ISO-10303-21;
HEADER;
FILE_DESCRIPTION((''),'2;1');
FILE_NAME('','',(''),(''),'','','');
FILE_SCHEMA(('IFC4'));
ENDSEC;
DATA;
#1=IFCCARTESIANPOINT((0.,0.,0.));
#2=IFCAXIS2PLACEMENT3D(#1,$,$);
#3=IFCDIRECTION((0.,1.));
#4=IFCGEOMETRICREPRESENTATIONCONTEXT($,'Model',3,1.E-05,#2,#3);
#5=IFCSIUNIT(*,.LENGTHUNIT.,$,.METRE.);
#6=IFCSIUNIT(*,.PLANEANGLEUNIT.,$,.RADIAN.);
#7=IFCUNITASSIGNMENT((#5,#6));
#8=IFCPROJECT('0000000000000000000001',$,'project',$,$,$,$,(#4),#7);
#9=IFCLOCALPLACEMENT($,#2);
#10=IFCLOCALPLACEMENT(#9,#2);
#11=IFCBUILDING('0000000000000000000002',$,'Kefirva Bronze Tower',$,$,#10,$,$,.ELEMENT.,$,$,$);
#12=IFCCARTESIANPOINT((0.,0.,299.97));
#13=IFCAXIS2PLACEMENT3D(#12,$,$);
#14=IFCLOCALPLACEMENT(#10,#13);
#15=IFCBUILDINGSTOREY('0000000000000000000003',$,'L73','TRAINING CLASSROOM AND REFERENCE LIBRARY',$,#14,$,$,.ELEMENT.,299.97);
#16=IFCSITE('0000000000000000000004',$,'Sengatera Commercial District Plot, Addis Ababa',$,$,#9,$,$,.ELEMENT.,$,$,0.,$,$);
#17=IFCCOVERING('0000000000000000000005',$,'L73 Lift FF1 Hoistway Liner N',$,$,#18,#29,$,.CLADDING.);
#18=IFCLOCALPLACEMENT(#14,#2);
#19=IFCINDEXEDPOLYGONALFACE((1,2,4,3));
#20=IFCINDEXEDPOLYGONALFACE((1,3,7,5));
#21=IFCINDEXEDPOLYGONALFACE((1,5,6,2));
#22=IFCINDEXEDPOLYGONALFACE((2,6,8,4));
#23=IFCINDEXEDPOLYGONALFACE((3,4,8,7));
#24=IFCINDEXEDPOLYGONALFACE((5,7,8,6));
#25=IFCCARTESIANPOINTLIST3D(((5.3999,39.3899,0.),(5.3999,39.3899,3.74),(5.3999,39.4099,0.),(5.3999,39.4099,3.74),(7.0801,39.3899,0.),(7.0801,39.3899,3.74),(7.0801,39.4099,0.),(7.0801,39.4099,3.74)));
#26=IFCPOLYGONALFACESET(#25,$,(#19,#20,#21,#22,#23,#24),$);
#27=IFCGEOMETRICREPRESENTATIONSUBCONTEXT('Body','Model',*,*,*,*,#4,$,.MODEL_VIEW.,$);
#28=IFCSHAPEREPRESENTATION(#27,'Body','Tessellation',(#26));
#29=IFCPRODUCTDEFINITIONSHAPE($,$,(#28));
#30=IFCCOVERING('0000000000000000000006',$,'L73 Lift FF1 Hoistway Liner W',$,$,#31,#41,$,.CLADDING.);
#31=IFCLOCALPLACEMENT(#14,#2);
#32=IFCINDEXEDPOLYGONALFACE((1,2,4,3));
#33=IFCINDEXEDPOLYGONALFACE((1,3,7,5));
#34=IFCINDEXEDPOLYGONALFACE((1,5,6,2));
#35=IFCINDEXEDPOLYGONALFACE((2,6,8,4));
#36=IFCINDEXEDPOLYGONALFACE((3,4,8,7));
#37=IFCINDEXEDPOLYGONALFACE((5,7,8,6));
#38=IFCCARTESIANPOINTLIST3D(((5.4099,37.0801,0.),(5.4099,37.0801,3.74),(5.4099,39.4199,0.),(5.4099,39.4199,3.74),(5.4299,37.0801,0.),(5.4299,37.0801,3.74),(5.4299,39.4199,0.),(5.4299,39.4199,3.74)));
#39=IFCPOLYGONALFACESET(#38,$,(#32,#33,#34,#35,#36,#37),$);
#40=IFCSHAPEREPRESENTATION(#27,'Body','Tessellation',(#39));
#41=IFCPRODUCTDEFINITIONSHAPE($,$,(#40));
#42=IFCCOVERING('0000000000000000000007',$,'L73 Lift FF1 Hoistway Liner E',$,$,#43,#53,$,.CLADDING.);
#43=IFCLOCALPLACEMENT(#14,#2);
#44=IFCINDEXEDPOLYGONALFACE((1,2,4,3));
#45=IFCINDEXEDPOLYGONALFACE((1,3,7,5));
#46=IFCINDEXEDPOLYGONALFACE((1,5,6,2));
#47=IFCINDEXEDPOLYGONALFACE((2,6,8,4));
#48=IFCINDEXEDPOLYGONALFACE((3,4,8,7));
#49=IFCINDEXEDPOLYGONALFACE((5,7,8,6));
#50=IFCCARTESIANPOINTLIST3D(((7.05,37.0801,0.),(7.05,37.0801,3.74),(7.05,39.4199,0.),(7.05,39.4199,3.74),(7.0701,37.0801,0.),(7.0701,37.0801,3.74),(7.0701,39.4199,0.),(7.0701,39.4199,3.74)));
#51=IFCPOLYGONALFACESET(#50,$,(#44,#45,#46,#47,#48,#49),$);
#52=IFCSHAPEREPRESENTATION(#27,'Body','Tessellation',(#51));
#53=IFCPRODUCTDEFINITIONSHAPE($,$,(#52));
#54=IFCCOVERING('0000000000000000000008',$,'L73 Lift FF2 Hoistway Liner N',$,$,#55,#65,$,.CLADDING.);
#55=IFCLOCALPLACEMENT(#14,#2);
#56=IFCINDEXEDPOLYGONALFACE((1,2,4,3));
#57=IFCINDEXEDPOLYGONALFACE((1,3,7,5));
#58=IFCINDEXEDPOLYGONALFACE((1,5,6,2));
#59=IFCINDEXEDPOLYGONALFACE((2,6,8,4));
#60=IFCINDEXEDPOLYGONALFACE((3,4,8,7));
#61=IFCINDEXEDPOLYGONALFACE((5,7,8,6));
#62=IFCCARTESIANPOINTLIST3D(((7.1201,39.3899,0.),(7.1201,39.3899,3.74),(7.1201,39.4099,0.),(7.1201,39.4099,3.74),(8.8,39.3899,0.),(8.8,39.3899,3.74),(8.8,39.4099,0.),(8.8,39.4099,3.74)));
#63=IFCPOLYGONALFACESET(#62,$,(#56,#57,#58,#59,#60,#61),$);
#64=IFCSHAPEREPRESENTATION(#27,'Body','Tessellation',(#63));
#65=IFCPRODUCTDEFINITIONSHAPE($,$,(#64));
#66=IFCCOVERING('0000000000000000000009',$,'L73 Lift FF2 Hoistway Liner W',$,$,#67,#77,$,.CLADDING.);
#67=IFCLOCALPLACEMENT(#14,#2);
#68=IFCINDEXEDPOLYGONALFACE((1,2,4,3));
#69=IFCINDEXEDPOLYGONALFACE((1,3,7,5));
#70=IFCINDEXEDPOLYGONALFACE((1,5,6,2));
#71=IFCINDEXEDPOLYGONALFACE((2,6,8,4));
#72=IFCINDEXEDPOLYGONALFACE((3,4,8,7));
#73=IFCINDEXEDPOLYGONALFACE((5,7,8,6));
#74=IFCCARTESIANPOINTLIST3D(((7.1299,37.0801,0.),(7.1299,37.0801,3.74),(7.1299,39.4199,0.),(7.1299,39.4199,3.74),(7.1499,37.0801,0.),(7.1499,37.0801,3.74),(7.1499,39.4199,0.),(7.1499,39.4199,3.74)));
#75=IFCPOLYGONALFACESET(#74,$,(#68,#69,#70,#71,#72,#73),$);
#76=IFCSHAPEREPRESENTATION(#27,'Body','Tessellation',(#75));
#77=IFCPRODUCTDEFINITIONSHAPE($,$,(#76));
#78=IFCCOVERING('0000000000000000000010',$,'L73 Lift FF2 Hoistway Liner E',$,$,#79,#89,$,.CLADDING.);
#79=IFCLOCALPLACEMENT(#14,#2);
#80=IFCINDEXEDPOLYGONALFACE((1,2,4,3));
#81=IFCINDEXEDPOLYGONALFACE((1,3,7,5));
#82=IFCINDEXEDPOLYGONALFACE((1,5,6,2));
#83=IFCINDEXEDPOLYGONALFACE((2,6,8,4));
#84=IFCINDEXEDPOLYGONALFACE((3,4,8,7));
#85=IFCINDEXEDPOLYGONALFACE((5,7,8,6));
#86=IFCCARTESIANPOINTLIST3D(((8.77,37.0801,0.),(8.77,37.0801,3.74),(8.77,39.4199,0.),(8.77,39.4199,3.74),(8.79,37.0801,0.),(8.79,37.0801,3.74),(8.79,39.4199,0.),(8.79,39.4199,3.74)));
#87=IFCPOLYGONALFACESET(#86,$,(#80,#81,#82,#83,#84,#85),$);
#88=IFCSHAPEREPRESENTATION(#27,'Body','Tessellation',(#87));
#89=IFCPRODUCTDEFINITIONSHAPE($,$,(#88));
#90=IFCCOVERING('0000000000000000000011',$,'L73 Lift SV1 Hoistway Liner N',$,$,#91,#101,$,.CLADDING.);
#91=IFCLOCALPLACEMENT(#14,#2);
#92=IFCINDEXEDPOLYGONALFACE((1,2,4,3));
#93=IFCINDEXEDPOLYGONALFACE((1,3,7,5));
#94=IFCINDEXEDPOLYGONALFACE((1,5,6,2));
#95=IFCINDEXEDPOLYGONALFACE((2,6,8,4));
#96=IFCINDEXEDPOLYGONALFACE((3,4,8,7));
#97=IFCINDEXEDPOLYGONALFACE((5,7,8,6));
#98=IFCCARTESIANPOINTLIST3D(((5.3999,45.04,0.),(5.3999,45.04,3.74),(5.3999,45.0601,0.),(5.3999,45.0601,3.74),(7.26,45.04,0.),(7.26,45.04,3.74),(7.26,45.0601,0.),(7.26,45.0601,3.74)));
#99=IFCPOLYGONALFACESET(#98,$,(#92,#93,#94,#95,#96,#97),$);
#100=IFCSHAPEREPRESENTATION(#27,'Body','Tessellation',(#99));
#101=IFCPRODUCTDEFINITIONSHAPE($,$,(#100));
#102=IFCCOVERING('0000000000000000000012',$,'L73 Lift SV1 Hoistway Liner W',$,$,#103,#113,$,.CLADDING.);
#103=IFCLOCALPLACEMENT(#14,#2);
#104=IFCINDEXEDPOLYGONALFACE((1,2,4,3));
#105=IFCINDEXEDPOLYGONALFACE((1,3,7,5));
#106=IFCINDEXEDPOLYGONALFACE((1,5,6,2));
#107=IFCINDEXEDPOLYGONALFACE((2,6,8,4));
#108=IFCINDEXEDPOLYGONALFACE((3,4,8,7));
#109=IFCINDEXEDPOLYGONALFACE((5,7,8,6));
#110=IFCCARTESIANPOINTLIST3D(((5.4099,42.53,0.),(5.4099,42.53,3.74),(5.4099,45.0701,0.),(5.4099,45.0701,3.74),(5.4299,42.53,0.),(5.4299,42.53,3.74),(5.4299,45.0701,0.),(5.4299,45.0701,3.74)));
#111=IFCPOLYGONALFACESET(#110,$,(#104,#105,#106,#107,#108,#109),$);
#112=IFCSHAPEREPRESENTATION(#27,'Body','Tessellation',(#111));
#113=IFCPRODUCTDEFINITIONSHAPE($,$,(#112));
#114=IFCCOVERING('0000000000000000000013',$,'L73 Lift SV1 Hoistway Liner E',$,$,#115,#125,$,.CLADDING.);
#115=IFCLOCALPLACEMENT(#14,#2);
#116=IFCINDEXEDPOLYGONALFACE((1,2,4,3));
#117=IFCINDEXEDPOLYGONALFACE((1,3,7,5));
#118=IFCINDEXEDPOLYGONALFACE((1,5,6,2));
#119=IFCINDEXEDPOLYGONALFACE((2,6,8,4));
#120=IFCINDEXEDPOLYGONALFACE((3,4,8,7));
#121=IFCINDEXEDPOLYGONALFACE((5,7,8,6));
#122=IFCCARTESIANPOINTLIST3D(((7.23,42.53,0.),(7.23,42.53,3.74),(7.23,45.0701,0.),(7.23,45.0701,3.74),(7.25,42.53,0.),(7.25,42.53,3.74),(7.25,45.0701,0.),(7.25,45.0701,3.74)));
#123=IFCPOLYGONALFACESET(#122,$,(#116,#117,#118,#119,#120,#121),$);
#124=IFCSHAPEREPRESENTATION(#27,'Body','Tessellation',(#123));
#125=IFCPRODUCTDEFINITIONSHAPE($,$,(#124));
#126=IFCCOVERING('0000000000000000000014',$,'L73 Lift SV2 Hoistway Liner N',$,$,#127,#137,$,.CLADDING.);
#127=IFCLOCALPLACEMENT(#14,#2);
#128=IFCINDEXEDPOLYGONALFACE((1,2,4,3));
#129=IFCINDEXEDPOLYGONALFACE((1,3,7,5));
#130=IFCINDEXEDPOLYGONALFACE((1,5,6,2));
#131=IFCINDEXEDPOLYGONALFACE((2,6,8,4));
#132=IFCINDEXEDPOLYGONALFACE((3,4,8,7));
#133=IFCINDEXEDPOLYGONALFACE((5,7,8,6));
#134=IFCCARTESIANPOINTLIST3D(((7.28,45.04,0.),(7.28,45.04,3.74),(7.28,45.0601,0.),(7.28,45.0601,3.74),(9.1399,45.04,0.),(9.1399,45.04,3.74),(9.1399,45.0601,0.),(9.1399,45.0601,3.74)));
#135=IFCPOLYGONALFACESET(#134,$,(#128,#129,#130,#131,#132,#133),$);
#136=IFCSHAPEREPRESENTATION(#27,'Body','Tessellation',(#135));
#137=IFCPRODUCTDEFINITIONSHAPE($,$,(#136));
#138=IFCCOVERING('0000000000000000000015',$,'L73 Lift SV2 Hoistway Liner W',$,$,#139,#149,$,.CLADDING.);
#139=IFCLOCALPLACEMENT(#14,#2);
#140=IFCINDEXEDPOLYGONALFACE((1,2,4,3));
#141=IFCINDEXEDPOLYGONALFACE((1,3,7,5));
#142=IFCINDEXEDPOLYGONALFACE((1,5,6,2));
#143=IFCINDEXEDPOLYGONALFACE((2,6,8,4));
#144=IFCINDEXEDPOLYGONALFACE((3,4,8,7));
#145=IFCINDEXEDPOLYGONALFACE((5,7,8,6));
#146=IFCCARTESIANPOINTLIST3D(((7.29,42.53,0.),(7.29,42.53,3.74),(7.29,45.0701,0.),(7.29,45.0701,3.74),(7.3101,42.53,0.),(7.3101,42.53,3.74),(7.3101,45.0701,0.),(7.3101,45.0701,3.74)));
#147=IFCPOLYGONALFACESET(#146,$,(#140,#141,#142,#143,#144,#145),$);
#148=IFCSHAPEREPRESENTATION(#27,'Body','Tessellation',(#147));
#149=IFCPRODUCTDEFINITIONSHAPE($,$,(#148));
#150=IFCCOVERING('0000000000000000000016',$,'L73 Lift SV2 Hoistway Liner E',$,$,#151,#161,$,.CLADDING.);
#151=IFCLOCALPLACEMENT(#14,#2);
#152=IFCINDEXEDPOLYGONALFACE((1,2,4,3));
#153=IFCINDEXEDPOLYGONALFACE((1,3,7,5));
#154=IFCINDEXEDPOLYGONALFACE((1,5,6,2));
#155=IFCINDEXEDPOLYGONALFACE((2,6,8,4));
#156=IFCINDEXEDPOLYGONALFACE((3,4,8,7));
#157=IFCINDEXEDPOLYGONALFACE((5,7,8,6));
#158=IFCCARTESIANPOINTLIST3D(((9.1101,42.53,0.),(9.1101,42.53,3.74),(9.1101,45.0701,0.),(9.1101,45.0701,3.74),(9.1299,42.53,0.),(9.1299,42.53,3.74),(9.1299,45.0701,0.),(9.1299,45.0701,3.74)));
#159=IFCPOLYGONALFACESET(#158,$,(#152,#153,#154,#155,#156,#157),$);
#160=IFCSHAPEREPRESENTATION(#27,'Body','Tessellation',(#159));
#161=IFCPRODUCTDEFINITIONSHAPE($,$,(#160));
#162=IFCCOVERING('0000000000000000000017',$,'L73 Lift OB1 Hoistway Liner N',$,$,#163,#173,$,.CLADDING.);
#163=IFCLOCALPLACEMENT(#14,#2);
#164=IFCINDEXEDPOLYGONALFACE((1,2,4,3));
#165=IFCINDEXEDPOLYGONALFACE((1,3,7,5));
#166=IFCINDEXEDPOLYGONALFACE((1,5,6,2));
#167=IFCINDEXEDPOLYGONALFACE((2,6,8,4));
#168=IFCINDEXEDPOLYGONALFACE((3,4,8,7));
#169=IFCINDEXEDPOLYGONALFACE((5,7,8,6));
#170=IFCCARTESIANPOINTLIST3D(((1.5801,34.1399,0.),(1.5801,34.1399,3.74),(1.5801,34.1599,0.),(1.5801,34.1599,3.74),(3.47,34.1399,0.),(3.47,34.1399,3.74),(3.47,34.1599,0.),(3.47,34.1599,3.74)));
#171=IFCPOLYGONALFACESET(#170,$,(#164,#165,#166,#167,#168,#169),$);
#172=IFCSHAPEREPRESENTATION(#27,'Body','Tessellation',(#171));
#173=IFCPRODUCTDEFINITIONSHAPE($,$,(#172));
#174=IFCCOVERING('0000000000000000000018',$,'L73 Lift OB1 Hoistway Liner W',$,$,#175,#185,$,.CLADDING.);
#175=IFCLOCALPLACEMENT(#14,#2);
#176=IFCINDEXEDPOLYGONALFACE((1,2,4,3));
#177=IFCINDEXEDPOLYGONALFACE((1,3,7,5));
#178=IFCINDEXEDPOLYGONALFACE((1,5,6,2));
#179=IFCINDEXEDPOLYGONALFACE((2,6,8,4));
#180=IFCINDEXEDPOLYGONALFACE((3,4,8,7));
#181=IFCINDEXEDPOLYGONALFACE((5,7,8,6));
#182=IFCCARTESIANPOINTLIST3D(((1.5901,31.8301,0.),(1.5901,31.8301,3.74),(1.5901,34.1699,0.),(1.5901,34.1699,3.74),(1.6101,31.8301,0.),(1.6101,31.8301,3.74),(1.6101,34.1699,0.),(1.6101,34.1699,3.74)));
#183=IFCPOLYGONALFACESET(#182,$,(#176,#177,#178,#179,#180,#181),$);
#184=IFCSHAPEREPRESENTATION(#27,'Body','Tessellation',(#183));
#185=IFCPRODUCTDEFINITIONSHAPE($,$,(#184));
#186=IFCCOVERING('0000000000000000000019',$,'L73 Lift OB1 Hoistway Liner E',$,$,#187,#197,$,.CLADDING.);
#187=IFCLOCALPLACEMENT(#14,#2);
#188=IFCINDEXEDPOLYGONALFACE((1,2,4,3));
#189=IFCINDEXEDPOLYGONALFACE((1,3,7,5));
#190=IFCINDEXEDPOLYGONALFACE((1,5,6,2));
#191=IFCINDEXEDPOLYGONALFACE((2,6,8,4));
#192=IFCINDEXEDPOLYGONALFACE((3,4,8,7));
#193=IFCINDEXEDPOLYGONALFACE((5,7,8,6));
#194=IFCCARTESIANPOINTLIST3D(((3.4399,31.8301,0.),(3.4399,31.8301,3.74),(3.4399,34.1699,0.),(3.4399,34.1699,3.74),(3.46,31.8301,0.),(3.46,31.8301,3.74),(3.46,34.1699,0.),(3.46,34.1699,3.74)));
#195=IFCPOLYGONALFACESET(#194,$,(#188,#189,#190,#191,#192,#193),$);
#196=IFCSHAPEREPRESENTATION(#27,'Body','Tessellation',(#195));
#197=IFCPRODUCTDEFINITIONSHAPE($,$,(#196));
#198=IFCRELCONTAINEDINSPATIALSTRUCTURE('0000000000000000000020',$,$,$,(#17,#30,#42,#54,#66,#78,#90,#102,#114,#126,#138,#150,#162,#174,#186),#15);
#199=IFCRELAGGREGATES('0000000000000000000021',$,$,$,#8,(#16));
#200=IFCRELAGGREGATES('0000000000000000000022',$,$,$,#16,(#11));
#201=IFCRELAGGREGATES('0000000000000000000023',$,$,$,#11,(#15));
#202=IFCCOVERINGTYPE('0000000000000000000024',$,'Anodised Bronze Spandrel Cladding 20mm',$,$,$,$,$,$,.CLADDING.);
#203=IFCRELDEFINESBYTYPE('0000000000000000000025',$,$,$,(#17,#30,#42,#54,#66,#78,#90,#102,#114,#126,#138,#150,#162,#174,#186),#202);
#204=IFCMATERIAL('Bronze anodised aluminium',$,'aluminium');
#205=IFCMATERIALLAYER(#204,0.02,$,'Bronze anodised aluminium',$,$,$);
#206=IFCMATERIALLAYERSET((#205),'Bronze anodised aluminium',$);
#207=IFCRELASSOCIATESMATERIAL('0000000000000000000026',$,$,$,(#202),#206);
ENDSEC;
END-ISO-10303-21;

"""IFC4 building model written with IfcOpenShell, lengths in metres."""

from ifc_helpers import new_model, si_unit, direction, frame, origin, place, context, subcontext, project, spatial, polyline, outline, extrude, material, layer, layer_set, type_object, element, save


model = new_model("IFC4")

# Units and contexts
model_context = context("Model", 3, precision=1e-05, world=origin(), true_north=direction((0.0, 1.0)))
body_context = subcontext(model_context, "Body", "Model", "MODEL_VIEW")
ifc_project = project(units=[si_unit("LENGTHUNIT", "METRE"), si_unit("PLANEANGLEUNIT", "RADIAN")], contexts=[model_context])

# Site, building, storey
site_placement = place(None, origin())
site = spatial("IfcSite", under=ifc_project, at=site_placement, Name="Sengatera Commercial District Plot, Addis Ababa", CompositionType="ELEMENT", RefElevation=0.0)
building_placement = place(site_placement, origin())
building = spatial("IfcBuilding", under=site, at=building_placement, Name="Kefirva Bronze Tower", CompositionType="ELEMENT")
storey_placement = place(building_placement, frame((0.0, 0.0, 299.97)))
storey = spatial("IfcBuildingStorey", under=building, at=storey_placement, Name="L73", Description="TRAINING CLASSROOM AND REFERENCE LIBRARY", CompositionType="ELEMENT", Elevation=299.97)

# Shared definitions
ifc_material_1 = material(Name="Bronze anodised aluminium", Category="aluminium")

# Coverings
ifc_layer_1 = layer(ifc_material_1, 0.02, Name="Bronze anodised aluminium")
ifc_layer_set_1 = layer_set([ifc_layer_1], Name="Bronze anodised aluminium")
covering_type_1 = type_object("IfcCoveringType", Name="Anodised Bronze Spandrel Cladding 20mm", PredefinedType="CLADDING", material=ifc_layer_set_1)
covering_1_placement = place(storey_placement, origin())
element("IfcCovering", 1, at=covering_1_placement, inside=storey, type_object=covering_type_1, Name="L73 Lift FF1 Hoistway Liner N", PredefinedType="CLADDING", context=body_context, shape_type="SweptSolid", body=[
    extrude(outline(polyline([(5.3999, 39.3899), (7.0801, 39.3899), (7.0801, 39.4099), (5.3999, 39.4099), (5.3999, 39.3899)])), origin(), (0.0, 0.0, 1.0), 3.74),
])
covering_2_placement = place(storey_placement, origin())
element("IfcCovering", 2, at=covering_2_placement, inside=storey, type_object=covering_type_1, Name="L73 Lift FF1 Hoistway Liner W", PredefinedType="CLADDING", context=body_context, shape_type="SweptSolid", body=[
    extrude(outline(polyline([(5.4099, 37.0801), (5.4299, 37.0801), (5.4299, 39.4199), (5.4099, 39.4199), (5.4099, 37.0801)])), origin(), (0.0, 0.0, 1.0), 3.74),
])
covering_3_placement = place(storey_placement, origin())
element("IfcCovering", 3, at=covering_3_placement, inside=storey, type_object=covering_type_1, Name="L73 Lift FF1 Hoistway Liner E", PredefinedType="CLADDING", context=body_context, shape_type="SweptSolid", body=[
    extrude(outline(polyline([(7.05, 37.0801), (7.0701, 37.0801), (7.0701, 39.4199), (7.05, 39.4199), (7.05, 37.0801)])), origin(), (0.0, 0.0, 1.0), 3.74),
])
covering_4_placement = place(storey_placement, origin())
element("IfcCovering", 4, at=covering_4_placement, inside=storey, type_object=covering_type_1, Name="L73 Lift FF2 Hoistway Liner N", PredefinedType="CLADDING", context=body_context, shape_type="SweptSolid", body=[
    extrude(outline(polyline([(7.1201, 39.3899), (8.8, 39.3899), (8.8, 39.4099), (7.1201, 39.4099), (7.1201, 39.3899)])), origin(), (0.0, 0.0, 1.0), 3.74),
])
covering_5_placement = place(storey_placement, origin())
element("IfcCovering", 5, at=covering_5_placement, inside=storey, type_object=covering_type_1, Name="L73 Lift FF2 Hoistway Liner W", PredefinedType="CLADDING", context=body_context, shape_type="SweptSolid", body=[
    extrude(outline(polyline([(7.1299, 37.0801), (7.1499, 37.0801), (7.1499, 39.4199), (7.1299, 39.4199), (7.1299, 37.0801)])), origin(), (0.0, 0.0, 1.0), 3.74),
])
covering_6_placement = place(storey_placement, origin())
element("IfcCovering", 6, at=covering_6_placement, inside=storey, type_object=covering_type_1, Name="L73 Lift FF2 Hoistway Liner E", PredefinedType="CLADDING", context=body_context, shape_type="SweptSolid", body=[
    extrude(outline(polyline([(8.77, 37.0801), (8.79, 37.0801), (8.79, 39.4199), (8.77, 39.4199), (8.77, 37.0801)])), origin(), (0.0, 0.0, 1.0), 3.74),
])
covering_7_placement = place(storey_placement, origin())
element("IfcCovering", 7, at=covering_7_placement, inside=storey, type_object=covering_type_1, Name="L73 Lift SV1 Hoistway Liner N", PredefinedType="CLADDING", context=body_context, shape_type="SweptSolid", body=[
    extrude(outline(polyline([(5.3999, 45.04), (7.26, 45.04), (7.26, 45.0601), (5.3999, 45.0601), (5.3999, 45.04)])), origin(), (0.0, 0.0, 1.0), 3.74),
])
covering_8_placement = place(storey_placement, origin())
element("IfcCovering", 8, at=covering_8_placement, inside=storey, type_object=covering_type_1, Name="L73 Lift SV1 Hoistway Liner W", PredefinedType="CLADDING", context=body_context, shape_type="SweptSolid", body=[
    extrude(outline(polyline([(5.4099, 42.53), (5.4299, 42.53), (5.4299, 45.0701), (5.4099, 45.0701), (5.4099, 42.53)])), origin(), (0.0, 0.0, 1.0), 3.74),
])
covering_9_placement = place(storey_placement, origin())
element("IfcCovering", 9, at=covering_9_placement, inside=storey, type_object=covering_type_1, Name="L73 Lift SV1 Hoistway Liner E", PredefinedType="CLADDING", context=body_context, shape_type="SweptSolid", body=[
    extrude(outline(polyline([(7.23, 42.53), (7.25, 42.53), (7.25, 45.0701), (7.23, 45.0701), (7.23, 42.53)])), origin(), (0.0, 0.0, 1.0), 3.74),
])
covering_10_placement = place(storey_placement, origin())
element("IfcCovering", 10, at=covering_10_placement, inside=storey, type_object=covering_type_1, Name="L73 Lift SV2 Hoistway Liner N", PredefinedType="CLADDING", context=body_context, shape_type="SweptSolid", body=[
    extrude(outline(polyline([(7.28, 45.04), (9.1399, 45.04), (9.1399, 45.0601), (7.28, 45.0601), (7.28, 45.04)])), origin(), (0.0, 0.0, 1.0), 3.74),
])
covering_11_placement = place(storey_placement, origin())
element("IfcCovering", 11, at=covering_11_placement, inside=storey, type_object=covering_type_1, Name="L73 Lift SV2 Hoistway Liner W", PredefinedType="CLADDING", context=body_context, shape_type="SweptSolid", body=[
    extrude(outline(polyline([(7.29, 42.53), (7.3101, 42.53), (7.3101, 45.0701), (7.29, 45.0701), (7.29, 42.53)])), origin(), (0.0, 0.0, 1.0), 3.74),
])
covering_12_placement = place(storey_placement, origin())
element("IfcCovering", 12, at=covering_12_placement, inside=storey, type_object=covering_type_1, Name="L73 Lift SV2 Hoistway Liner E", PredefinedType="CLADDING", context=body_context, shape_type="SweptSolid", body=[
    extrude(outline(polyline([(9.1101, 42.53), (9.1299, 42.53), (9.1299, 45.0701), (9.1101, 45.0701), (9.1101, 42.53)])), origin(), (0.0, 0.0, 1.0), 3.74),
])
covering_13_placement = place(storey_placement, origin())
element("IfcCovering", 13, at=covering_13_placement, inside=storey, type_object=covering_type_1, Name="L73 Lift OB1 Hoistway Liner N", PredefinedType="CLADDING", context=body_context, shape_type="SweptSolid", body=[
    extrude(outline(polyline([(1.5801, 34.1399), (3.47, 34.1399), (3.47, 34.1599), (1.5801, 34.1599), (1.5801, 34.1399)])), origin(), (0.0, 0.0, 1.0), 3.74),
])
covering_14_placement = place(storey_placement, origin())
element("IfcCovering", 14, at=covering_14_placement, inside=storey, type_object=covering_type_1, Name="L73 Lift OB1 Hoistway Liner W", PredefinedType="CLADDING", context=body_context, shape_type="SweptSolid", body=[
    extrude(outline(polyline([(1.5901, 31.8301), (1.6101, 31.8301), (1.6101, 34.1699), (1.5901, 34.1699), (1.5901, 31.8301)])), origin(), (0.0, 0.0, 1.0), 3.74),
])
covering_15_placement = place(storey_placement, origin())
element("IfcCovering", 15, at=covering_15_placement, inside=storey, type_object=covering_type_1, Name="L73 Lift OB1 Hoistway Liner E", PredefinedType="CLADDING", context=body_context, shape_type="SweptSolid", body=[
    extrude(outline(polyline([(3.4399, 31.8301), (3.46, 31.8301), (3.46, 34.1699), (3.4399, 34.1699), (3.4399, 31.8301)])), origin(), (0.0, 0.0, 1.0), 3.74),
])

save(model, "model.ifc")
